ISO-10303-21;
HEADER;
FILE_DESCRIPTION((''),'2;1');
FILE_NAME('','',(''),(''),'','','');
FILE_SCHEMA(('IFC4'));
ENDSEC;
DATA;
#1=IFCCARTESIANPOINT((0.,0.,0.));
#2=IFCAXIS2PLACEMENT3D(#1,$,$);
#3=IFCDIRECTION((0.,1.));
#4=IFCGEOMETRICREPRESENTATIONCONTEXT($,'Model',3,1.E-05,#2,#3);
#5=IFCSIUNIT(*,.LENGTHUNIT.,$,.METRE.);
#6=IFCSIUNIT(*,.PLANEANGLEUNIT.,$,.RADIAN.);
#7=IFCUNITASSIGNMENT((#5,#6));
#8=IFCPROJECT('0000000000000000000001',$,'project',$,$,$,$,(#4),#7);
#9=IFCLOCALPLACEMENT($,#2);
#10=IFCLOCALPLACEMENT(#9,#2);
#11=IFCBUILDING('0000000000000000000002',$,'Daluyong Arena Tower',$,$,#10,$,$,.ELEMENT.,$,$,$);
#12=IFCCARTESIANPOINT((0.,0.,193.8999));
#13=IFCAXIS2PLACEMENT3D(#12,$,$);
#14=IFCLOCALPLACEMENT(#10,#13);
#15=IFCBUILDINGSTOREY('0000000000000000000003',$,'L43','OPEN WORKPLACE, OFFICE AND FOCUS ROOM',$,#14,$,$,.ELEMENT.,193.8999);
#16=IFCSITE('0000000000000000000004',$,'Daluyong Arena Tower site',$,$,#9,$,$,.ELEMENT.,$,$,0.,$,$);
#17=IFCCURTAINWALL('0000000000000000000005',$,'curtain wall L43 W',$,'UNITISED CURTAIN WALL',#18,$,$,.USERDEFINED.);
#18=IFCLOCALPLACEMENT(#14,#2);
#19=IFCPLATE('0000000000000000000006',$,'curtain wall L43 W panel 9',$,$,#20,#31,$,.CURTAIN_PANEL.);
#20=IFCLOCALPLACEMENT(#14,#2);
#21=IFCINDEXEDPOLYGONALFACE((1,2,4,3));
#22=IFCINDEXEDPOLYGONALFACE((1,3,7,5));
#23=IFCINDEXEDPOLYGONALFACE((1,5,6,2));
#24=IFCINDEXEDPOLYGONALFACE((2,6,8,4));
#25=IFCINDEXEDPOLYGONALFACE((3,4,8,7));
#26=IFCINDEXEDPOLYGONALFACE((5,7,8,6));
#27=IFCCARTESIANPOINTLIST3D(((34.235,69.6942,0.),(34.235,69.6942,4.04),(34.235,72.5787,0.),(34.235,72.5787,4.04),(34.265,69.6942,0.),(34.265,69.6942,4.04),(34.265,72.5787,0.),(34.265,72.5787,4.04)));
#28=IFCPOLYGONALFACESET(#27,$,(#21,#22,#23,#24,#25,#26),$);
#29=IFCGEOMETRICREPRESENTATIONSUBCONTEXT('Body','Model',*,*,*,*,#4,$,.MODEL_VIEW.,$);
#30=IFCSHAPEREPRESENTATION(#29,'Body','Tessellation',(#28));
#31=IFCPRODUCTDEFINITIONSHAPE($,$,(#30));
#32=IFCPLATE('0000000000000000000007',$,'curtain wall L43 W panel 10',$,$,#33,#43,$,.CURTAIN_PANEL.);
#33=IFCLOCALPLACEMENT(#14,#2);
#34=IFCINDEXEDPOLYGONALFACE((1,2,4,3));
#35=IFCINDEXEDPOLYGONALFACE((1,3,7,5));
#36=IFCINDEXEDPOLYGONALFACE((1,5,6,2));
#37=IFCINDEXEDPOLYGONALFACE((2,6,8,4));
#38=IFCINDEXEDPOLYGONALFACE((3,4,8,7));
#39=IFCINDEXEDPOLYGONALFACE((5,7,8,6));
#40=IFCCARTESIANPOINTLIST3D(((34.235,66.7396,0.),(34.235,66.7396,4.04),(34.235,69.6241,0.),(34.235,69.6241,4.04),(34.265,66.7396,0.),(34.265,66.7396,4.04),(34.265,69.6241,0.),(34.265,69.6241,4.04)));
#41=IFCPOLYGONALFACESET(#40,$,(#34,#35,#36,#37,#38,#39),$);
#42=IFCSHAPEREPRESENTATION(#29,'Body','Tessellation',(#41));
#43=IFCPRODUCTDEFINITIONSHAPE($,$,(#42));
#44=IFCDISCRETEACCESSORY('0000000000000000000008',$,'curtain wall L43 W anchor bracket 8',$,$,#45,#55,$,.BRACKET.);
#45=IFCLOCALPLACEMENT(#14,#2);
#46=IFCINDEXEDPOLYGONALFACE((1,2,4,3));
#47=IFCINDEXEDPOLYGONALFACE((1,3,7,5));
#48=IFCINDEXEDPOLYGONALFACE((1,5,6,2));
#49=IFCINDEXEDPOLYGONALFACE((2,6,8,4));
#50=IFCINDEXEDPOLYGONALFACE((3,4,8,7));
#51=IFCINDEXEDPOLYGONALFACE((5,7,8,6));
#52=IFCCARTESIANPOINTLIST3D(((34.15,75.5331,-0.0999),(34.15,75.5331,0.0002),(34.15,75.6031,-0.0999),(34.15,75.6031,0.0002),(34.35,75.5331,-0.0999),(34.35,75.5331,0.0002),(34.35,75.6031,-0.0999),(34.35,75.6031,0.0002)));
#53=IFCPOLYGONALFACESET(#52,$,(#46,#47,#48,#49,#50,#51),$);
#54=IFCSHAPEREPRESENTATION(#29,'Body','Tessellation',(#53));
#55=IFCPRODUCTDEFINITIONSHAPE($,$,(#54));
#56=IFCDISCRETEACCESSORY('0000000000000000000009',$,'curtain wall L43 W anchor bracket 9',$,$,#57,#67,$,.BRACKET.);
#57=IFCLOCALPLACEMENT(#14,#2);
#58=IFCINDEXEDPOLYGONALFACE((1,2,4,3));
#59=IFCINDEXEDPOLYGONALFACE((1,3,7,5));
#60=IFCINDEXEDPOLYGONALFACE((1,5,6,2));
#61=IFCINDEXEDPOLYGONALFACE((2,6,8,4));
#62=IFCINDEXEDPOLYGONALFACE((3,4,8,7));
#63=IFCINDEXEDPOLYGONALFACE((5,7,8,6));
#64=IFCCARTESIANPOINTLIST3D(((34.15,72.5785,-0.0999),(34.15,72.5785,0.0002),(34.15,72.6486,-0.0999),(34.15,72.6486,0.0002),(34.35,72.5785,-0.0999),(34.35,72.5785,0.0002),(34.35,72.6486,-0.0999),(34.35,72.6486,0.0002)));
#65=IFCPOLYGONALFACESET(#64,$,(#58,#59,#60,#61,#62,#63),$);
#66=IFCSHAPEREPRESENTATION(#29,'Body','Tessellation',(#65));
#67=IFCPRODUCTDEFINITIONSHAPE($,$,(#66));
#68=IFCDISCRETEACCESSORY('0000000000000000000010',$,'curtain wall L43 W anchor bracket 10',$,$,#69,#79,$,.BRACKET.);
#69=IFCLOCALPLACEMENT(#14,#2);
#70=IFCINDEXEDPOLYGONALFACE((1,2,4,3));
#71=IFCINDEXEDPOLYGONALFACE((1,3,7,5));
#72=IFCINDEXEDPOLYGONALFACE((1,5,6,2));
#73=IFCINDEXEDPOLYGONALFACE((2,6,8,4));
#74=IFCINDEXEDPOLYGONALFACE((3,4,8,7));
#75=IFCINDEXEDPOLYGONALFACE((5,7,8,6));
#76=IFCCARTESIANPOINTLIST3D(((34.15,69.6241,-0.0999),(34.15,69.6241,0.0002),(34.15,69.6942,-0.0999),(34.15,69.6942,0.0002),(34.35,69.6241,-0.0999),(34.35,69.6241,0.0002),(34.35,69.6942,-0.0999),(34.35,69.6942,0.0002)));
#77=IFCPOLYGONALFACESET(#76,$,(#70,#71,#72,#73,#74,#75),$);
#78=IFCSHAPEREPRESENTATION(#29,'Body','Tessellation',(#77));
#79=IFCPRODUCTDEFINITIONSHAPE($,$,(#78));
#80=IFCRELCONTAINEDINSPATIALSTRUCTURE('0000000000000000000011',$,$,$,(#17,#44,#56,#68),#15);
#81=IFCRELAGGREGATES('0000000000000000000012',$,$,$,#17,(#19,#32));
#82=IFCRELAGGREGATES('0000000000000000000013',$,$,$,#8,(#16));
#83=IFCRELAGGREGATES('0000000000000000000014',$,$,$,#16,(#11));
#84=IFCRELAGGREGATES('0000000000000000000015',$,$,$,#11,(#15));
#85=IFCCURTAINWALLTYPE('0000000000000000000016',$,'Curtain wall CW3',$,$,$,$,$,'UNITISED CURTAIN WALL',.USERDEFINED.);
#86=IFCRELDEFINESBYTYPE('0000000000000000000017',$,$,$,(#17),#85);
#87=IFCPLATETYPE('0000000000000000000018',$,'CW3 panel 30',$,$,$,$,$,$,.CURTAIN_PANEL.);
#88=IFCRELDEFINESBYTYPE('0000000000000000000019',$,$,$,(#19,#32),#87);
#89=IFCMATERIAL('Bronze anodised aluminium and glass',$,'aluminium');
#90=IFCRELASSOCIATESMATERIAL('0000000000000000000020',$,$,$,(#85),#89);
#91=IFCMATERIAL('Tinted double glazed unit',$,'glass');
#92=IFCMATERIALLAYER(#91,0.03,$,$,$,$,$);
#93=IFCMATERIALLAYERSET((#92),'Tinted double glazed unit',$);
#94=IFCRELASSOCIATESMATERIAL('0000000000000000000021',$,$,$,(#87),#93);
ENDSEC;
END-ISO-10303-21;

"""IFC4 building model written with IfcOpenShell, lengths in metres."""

from ifc_helpers import new_model, si_unit, direction, frame, origin, origin_2d, place, context, subcontext, project, spatial, rectangle, extrude, material, layer, layer_set, type_object, element, aggregate, save


model = new_model("IFC4")

# Units and contexts
model_context = context("Model", 3, precision=1e-05, world=origin(), true_north=direction((0.0, 1.0)))
body_context = subcontext(model_context, "Body", "Model", "MODEL_VIEW")
ifc_project = project(units=[si_unit("LENGTHUNIT", "METRE"), si_unit("PLANEANGLEUNIT", "RADIAN")], contexts=[model_context])

# Site, building, storey
site_placement = place(None, origin())
site = spatial("IfcSite", under=ifc_project, at=site_placement, Name="Daluyong Arena Tower site", CompositionType="ELEMENT", RefElevation=0.0)
building_placement = place(site_placement, origin())
building = spatial("IfcBuilding", under=site, at=building_placement, Name="Daluyong Arena Tower", CompositionType="ELEMENT")
storey_placement = place(building_placement, frame((0.0, 0.0, 193.8999)))
storey = spatial("IfcBuildingStorey", under=building, at=storey_placement, Name="L43", Description="OPEN WORKPLACE, OFFICE AND FOCUS ROOM", CompositionType="ELEMENT", Elevation=193.8999)

# Curtain wall
ifc_material_1 = material(Name="Bronze anodised aluminium and glass", Category="aluminium")
curtain_wall_type = type_object("IfcCurtainWallType", Name="Curtain wall CW3", ElementType="UNITISED CURTAIN WALL", PredefinedType="USERDEFINED", material=ifc_material_1)
curtain_wall_placement = place(storey_placement, origin())
curtain_wall = element("IfcCurtainWall", 1, at=curtain_wall_placement, inside=storey, type_object=curtain_wall_type, Name="curtain wall L43 W", ObjectType="UNITISED CURTAIN WALL", PredefinedType="USERDEFINED")

# Plates
ifc_material_2 = material(Name="Tinted double glazed unit", Category="glass")
ifc_layer = layer(ifc_material_2, 0.03)
ifc_layer_set = layer_set([ifc_layer], Name="Tinted double glazed unit")
plate_type = type_object("IfcPlateType", Name="CW3 panel 30", PredefinedType="CURTAIN_PANEL", material=ifc_layer_set)
plate_1_placement = place(storey_placement, frame((34.25, 71.1365, 0.0), z_axis=(0.0, 0.0, 1.0), x_axis=(0.0, -1.0, 0.0)))
plate_1 = element("IfcPlate", 2, at=plate_1_placement, type_object=plate_type, Name="curtain wall L43 W panel 9", PredefinedType="CURTAIN_PANEL", context=body_context, shape_type="SweptSolid", body=[
    extrude(rectangle(XDim=2.8845, YDim=0.03, at=origin_2d()), origin(), (0.0, 0.0, 1.0), 4.04),
])
plate_2_placement = place(storey_placement, frame((34.25, 68.1819, 0.0), z_axis=(0.0, 0.0, 1.0), x_axis=(0.0, -1.0, 0.0)))
plate_2 = element("IfcPlate", 3, at=plate_2_placement, type_object=plate_type, Name="curtain wall L43 W panel 10", PredefinedType="CURTAIN_PANEL", context=body_context, shape_type="SweptSolid", body=[
    extrude(rectangle(XDim=2.8845, YDim=0.03, at=origin_2d()), origin(), (0.0, 0.0, 1.0), 4.04),
])
aggregate(curtain_wall, [plate_1, plate_2])

# Discrete accessories
for number, where, z_axis, x_axis, name in (
    (4, (34.25, 75.5681, -0.0999), (0.0, 0.0, 1.0), (0.0, -1.0, 0.0), "curtain wall L43 W anchor bracket 8"),
    (5, (34.25, 72.6135, -0.0999), (0.0, 0.0, 1.0), (0.0, -1.0, 0.0), "curtain wall L43 W anchor bracket 9"),
    (6, (34.25, 69.6592, -0.0999), (0.0, 0.0, 1.0), (0.0, -1.0, 0.0), "curtain wall L43 W anchor bracket 10"),
):
    element("IfcDiscreteAccessory", number, at=place(storey_placement, frame(where, z_axis=z_axis, x_axis=x_axis)), inside=storey, Name=name, PredefinedType="BRACKET", context=body_context, shape_type="SweptSolid", body=[
        extrude(rectangle(XDim=0.0701, YDim=0.2, at=origin_2d()), origin(), (0.0, 0.0, 1.0), 0.1001),
    ])

save(model, "model.ifc")
